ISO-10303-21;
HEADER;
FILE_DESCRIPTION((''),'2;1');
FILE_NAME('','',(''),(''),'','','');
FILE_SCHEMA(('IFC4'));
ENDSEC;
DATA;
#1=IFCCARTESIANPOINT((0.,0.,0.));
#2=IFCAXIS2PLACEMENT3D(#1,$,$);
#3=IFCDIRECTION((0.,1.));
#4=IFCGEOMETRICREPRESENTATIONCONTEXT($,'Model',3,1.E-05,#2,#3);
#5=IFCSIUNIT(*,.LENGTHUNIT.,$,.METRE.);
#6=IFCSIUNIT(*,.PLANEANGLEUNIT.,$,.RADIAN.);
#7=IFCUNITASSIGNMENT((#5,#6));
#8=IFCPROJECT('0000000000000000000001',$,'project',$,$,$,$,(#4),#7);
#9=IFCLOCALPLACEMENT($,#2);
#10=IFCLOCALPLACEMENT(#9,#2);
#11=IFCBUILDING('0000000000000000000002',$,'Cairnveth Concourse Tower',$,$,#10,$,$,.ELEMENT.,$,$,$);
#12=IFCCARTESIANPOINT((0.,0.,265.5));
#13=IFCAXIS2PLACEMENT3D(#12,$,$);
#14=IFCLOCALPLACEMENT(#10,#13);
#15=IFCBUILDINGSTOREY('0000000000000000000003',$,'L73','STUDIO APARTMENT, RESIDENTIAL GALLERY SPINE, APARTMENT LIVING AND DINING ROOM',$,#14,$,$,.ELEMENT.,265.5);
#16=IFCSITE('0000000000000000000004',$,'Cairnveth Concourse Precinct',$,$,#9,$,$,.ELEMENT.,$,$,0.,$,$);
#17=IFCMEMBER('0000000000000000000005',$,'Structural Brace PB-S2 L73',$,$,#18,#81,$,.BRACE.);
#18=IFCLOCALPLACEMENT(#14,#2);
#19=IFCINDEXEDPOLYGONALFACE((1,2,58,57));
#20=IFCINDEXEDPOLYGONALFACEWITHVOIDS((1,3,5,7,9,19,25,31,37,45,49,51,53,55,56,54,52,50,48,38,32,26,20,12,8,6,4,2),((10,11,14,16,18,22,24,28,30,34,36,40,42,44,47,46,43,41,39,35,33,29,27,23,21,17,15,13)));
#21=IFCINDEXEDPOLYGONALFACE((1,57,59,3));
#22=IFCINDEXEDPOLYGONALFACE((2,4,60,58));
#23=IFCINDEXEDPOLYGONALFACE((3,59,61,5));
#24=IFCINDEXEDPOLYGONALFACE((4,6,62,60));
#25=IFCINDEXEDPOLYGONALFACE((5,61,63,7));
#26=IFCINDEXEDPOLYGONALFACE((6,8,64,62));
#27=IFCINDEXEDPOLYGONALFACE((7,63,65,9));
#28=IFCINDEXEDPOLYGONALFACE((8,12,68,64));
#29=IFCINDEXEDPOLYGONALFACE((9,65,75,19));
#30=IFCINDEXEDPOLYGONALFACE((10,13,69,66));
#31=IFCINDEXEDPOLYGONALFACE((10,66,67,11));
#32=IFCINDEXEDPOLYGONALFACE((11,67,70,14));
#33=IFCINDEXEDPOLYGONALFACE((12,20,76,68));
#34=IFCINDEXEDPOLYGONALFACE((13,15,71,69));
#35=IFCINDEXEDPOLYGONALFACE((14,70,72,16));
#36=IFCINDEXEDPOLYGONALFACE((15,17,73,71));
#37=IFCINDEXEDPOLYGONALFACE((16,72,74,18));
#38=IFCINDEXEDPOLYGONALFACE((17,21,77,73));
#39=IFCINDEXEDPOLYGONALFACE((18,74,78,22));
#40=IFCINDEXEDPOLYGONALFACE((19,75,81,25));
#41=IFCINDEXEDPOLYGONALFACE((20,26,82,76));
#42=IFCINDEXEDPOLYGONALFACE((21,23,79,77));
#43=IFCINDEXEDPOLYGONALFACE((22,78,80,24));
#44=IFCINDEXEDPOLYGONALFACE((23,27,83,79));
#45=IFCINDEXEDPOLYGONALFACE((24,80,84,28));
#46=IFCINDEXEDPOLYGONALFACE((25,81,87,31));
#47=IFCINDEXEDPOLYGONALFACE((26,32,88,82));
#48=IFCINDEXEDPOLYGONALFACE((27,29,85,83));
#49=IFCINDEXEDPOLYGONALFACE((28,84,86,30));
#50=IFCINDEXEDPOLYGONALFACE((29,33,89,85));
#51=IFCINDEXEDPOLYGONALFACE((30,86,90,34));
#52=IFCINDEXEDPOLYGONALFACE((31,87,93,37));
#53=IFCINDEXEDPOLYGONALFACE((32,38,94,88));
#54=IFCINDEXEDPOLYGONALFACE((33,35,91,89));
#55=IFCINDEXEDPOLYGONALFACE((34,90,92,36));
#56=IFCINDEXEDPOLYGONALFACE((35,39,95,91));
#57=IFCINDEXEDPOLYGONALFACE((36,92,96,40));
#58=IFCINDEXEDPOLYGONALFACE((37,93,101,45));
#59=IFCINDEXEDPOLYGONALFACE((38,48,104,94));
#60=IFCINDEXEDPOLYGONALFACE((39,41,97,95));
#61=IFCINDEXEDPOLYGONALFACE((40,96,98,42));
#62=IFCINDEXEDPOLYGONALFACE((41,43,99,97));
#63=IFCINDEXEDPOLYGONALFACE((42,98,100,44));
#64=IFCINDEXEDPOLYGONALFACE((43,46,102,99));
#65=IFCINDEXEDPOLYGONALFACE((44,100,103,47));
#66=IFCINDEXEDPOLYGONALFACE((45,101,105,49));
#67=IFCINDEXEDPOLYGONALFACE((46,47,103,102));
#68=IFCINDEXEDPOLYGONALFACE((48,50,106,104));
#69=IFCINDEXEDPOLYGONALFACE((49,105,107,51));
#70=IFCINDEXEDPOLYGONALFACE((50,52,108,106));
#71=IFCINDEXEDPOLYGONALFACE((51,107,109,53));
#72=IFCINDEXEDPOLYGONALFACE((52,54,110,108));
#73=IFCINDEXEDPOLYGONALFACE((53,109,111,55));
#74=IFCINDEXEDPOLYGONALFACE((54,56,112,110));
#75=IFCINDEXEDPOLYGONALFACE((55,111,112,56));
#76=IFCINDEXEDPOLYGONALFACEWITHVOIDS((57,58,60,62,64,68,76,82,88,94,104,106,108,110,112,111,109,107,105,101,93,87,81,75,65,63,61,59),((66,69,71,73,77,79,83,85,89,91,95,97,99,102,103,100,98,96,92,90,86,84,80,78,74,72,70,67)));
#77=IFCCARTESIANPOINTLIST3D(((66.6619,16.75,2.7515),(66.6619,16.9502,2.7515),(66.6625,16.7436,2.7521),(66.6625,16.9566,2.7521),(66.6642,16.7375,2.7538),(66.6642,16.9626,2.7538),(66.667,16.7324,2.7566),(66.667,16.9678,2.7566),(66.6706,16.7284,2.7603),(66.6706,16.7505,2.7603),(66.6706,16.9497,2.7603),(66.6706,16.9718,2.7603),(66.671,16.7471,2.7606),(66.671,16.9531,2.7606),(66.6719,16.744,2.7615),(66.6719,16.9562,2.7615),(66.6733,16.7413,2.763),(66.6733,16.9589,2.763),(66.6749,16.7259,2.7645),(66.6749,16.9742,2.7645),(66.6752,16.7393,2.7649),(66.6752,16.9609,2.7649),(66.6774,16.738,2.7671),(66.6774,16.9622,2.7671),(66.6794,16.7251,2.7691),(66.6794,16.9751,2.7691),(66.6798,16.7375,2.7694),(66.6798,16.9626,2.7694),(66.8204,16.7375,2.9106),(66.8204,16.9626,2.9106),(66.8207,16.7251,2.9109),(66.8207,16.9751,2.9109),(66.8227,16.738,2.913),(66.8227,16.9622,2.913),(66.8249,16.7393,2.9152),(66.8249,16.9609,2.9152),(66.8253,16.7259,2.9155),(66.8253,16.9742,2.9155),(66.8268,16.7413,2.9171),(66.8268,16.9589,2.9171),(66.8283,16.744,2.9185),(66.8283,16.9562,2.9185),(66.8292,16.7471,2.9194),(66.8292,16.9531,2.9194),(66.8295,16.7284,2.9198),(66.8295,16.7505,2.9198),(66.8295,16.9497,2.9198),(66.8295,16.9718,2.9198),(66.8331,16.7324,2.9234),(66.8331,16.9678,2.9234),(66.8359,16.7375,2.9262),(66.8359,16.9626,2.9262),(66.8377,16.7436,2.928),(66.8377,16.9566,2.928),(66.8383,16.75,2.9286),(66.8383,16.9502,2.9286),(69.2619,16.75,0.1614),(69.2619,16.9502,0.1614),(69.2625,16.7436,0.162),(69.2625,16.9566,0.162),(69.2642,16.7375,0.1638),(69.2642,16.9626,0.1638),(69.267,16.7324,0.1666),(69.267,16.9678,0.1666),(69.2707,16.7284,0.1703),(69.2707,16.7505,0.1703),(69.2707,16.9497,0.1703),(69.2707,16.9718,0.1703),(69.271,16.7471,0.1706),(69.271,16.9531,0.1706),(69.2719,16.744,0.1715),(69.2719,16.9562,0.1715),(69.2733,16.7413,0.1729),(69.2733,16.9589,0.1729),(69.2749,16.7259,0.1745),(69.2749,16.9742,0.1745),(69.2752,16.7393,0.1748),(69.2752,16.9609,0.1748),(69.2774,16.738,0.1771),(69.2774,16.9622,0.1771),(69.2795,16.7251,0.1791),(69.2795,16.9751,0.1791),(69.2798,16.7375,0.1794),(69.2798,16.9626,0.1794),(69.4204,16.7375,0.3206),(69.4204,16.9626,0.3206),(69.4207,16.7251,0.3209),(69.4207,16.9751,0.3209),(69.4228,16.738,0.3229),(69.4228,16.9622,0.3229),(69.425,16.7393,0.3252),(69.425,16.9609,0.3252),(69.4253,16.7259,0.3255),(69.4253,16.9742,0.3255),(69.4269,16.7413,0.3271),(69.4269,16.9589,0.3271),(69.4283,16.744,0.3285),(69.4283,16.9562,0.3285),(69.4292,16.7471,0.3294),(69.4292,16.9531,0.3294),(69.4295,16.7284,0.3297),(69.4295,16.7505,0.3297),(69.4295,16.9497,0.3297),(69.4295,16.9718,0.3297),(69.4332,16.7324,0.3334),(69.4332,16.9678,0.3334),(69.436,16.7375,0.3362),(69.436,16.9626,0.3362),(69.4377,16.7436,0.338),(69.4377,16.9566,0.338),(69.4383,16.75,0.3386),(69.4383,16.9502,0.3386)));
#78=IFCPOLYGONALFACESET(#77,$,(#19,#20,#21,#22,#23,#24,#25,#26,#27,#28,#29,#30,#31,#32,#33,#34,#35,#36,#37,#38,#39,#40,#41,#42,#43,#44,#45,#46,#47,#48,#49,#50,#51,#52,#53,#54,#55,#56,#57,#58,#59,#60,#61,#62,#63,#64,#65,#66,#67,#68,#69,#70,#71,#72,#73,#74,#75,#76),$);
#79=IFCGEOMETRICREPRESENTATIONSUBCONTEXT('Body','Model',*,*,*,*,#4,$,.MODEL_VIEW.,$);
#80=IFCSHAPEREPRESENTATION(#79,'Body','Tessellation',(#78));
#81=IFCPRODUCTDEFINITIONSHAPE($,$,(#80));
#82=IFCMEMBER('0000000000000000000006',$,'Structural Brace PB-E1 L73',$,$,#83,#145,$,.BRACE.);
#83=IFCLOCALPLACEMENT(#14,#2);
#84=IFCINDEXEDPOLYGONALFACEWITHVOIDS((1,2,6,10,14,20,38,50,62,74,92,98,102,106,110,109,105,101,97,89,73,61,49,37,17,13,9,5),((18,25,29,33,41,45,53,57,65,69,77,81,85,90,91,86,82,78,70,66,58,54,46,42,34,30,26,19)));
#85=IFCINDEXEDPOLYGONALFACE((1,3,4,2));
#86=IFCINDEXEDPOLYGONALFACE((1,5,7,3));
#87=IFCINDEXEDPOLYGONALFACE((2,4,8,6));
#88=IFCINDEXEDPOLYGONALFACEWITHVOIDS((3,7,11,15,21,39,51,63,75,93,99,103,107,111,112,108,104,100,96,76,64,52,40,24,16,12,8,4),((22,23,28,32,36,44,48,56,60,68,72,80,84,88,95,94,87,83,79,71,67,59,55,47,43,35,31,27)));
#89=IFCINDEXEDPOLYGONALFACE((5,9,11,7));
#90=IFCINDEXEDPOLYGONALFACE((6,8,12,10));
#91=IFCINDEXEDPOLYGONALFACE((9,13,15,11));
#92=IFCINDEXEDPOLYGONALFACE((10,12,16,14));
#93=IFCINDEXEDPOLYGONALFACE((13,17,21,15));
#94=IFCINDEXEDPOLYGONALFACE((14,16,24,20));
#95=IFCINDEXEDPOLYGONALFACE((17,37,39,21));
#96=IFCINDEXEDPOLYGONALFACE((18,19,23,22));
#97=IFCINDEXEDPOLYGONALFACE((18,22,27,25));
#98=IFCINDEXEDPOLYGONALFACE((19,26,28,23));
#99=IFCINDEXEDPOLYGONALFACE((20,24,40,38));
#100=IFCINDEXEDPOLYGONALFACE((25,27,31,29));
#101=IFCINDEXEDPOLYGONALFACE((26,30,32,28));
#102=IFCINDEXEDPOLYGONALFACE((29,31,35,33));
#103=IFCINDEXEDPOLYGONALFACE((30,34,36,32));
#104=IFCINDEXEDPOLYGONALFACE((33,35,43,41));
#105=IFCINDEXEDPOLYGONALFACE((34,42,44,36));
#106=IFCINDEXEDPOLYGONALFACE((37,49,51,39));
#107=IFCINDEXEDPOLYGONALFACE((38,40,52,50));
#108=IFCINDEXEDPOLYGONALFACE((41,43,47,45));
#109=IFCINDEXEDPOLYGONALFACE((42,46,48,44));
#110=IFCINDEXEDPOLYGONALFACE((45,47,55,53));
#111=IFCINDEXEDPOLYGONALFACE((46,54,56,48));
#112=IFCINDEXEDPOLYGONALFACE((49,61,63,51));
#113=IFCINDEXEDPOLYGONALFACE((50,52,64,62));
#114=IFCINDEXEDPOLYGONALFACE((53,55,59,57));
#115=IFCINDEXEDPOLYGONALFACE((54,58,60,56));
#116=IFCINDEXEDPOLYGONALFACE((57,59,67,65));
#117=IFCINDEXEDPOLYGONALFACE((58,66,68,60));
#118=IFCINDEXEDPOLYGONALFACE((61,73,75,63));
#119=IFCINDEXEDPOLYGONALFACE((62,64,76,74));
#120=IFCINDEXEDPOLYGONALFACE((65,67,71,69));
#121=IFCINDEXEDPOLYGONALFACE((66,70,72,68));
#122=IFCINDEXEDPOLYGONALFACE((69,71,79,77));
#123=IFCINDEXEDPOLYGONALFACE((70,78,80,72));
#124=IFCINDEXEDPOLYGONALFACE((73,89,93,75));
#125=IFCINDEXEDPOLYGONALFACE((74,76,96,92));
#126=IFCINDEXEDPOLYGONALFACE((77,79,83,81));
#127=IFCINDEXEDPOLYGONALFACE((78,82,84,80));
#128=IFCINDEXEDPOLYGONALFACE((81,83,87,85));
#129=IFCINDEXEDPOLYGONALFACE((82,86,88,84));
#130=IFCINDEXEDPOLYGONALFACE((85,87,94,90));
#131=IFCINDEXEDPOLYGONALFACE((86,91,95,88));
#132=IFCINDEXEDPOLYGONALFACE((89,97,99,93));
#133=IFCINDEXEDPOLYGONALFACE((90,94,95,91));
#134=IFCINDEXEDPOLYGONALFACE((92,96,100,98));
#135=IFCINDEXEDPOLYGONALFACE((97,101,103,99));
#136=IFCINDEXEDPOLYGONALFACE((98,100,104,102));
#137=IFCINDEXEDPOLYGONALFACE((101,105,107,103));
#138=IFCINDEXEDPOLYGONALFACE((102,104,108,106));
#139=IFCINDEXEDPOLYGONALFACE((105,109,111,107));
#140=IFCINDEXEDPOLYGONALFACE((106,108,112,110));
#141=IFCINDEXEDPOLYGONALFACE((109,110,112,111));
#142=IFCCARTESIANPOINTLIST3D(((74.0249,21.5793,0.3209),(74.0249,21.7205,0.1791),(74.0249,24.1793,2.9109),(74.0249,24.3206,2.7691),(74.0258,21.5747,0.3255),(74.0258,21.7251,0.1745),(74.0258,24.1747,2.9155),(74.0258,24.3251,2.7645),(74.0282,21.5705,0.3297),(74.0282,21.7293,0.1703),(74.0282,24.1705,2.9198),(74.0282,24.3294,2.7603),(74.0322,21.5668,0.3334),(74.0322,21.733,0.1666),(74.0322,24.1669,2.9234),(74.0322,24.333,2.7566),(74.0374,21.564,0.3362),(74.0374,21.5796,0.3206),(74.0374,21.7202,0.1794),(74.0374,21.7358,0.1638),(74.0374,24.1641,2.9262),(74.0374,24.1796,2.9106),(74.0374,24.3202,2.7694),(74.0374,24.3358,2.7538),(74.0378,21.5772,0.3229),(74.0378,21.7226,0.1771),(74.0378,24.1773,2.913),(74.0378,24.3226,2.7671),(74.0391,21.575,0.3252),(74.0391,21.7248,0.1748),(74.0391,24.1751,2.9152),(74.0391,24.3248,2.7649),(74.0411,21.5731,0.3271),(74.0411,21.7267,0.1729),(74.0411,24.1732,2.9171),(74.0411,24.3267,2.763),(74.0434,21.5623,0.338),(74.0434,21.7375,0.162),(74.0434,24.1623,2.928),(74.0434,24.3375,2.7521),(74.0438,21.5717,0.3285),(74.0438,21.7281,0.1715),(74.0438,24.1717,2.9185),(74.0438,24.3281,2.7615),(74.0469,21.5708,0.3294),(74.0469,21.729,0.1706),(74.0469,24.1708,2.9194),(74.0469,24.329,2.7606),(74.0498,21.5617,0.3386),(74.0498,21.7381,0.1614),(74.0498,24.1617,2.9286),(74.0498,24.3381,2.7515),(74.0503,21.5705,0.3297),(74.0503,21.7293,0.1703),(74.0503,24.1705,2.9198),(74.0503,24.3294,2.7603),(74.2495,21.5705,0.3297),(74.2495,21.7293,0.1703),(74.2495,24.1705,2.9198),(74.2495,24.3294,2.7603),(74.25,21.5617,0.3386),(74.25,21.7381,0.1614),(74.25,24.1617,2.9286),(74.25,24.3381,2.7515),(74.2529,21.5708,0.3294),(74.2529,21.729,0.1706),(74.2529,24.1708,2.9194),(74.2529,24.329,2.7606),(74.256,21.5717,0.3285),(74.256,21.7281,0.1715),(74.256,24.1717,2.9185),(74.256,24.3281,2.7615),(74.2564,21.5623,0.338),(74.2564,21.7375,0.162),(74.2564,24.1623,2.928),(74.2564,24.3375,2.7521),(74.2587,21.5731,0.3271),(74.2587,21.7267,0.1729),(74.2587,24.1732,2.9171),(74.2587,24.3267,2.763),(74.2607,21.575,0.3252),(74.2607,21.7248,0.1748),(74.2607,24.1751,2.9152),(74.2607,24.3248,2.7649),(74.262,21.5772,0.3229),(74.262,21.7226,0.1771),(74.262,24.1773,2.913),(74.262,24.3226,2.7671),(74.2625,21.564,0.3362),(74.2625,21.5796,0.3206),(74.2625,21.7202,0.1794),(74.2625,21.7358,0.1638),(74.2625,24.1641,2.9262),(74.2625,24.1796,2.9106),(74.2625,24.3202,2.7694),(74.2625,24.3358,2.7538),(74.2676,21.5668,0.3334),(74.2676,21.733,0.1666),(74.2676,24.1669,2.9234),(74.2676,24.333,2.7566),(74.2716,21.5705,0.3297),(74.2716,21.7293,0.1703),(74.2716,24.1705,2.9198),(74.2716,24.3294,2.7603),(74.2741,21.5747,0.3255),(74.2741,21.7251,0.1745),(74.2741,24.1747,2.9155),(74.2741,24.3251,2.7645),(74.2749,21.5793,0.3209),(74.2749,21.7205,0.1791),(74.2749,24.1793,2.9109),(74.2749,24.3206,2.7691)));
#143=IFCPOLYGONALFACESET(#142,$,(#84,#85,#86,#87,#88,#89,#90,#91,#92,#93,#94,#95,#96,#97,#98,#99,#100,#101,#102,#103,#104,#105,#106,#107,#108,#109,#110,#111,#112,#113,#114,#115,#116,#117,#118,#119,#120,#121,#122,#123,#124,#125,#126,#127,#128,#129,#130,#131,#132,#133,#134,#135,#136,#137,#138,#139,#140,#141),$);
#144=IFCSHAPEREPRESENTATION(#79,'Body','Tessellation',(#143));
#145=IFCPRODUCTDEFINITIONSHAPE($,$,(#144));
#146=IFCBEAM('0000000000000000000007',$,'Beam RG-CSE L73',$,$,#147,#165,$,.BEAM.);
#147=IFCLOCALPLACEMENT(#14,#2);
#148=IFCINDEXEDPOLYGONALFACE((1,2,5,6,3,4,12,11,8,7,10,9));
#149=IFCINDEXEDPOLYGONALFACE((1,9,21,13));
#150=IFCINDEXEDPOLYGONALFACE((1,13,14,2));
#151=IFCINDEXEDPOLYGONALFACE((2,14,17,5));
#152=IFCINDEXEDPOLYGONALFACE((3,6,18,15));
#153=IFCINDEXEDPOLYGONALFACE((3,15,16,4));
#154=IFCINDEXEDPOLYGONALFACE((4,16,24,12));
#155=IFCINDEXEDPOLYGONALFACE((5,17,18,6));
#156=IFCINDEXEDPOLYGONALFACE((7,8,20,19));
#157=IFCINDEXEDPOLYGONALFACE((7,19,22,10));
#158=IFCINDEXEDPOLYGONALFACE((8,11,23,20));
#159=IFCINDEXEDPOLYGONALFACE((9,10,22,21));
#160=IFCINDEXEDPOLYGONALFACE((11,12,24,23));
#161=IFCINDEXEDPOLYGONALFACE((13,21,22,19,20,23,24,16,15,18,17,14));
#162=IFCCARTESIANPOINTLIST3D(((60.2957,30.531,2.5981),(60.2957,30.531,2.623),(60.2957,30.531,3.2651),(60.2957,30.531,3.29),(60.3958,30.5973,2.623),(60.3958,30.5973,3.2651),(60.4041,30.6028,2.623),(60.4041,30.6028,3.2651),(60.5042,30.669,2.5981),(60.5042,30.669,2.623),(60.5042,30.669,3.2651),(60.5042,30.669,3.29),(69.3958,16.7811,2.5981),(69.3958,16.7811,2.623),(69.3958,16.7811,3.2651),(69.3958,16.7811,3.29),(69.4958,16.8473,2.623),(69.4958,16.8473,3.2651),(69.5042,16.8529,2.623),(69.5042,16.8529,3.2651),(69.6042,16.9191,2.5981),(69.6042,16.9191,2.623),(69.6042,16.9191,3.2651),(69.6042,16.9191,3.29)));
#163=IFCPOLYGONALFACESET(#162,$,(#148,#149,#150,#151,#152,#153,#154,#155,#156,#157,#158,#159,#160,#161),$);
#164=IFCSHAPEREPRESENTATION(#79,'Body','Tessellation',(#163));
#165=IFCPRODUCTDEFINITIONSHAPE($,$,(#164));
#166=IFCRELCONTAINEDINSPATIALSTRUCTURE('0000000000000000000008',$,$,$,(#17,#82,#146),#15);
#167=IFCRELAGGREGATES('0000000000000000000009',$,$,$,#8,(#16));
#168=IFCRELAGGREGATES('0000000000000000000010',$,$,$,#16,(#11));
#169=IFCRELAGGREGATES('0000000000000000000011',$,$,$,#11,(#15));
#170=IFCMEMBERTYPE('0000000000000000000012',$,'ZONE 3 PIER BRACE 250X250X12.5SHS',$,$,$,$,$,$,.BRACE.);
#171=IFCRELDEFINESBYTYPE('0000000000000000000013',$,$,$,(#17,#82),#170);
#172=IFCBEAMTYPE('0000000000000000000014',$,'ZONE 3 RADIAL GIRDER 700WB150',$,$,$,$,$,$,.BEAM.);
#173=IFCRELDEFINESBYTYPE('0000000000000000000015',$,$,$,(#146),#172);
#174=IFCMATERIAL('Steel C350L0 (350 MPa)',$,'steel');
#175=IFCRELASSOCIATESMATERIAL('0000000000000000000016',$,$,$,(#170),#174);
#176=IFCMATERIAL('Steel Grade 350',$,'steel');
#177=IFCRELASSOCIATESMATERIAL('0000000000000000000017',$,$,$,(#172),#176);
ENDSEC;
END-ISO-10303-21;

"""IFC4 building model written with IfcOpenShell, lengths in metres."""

from ifc_helpers import new_model, si_unit, direction, frame, origin, origin_2d, place, context, subcontext, project, spatial, hollow_rectangle, i_section, extrude, material, material_profile, profile_set, type_object, element, save


model = new_model("IFC4")

# Units and contexts
model_context = context("Model", 3, precision=1e-05, world=origin(), true_north=direction((0.0, 1.0)))
body_context = subcontext(model_context, "Body", "Model", "MODEL_VIEW")
ifc_project = project(units=[si_unit("LENGTHUNIT", "METRE"), si_unit("PLANEANGLEUNIT", "RADIAN")], contexts=[model_context])

# Site, building, storey
site_placement = place(None, origin())
site = spatial("IfcSite", under=ifc_project, at=site_placement, Name="Cairnveth Concourse Precinct", CompositionType="ELEMENT", RefElevation=0.0)
building_placement = place(site_placement, origin())
building = spatial("IfcBuilding", under=site, at=building_placement, Name="Cairnveth Concourse Tower", CompositionType="ELEMENT")
storey_placement = place(building_placement, frame((0.0, 0.0, 265.5)))
storey = spatial("IfcBuildingStorey", under=building, at=storey_placement, Name="L73", Description="STUDIO APARTMENT, RESIDENTIAL GALLERY SPINE, APARTMENT LIVING AND DINING ROOM", CompositionType="ELEMENT", Elevation=265.5)

# Shared definitions
ifc_material_1 = material(Name="Steel Grade 350", Category="steel")

# Members
ifc_material_2 = material(Name="Steel C350L0 (350 MPa)", Category="steel")
ifc_material_profile_1 = material_profile(ifc_material_2, hollow_rectangle(XDim=0.25, YDim=0.25, WallThickness=0.0125, InnerFilletRadius=0.0129, OuterFilletRadius=0.0249, at=origin_2d()), Name="250x250x12.5SHS")
ifc_profile_set_1 = profile_set([ifc_material_profile_1], Name="Steel C350L0 (350 MPa)")
member_type = type_object("IfcMemberType", Name="ZONE 3 PIER BRACE 250X250X12.5SHS", PredefinedType="BRACE", material=ifc_profile_set_1)
for number, where, z_axis, x_axis, name in (
    (1, (69.3501, 16.8501, 0.25), (-0.708469, 0.0, 0.705742), (0.0, -1.0, 0.0), "Structural Brace PB-S2 L73"),
    (2, (74.1499, 21.6499, 0.25), (0.0, 0.708469, 0.705742), (-1.0, 0.0, 0.0), "Structural Brace PB-E1 L73"),
):
    element("IfcMember", number, at=place(storey_placement, frame(where, z_axis=z_axis, x_axis=x_axis)), inside=storey, type_object=member_type, Name=name, PredefinedType="BRACE", context=body_context, shape_type="SweptSolid", body=[
        extrude(hollow_rectangle(XDim=0.25, YDim=0.25, WallThickness=0.0125, InnerFilletRadius=0.0129, OuterFilletRadius=0.0249, at=origin_2d()), origin(), (0.0, 0.0, 1.0), 3.6699),
    ])

# Beam
ifc_material_profile_2 = material_profile(ifc_material_1, i_section(OverallWidth=0.25, OverallDepth=0.6919, WebThickness=0.01, FlangeThickness=0.0249, at=origin_2d()), Name="700WB150")
ifc_profile_set_2 = profile_set([ifc_material_profile_2], Name="Steel Grade 350")
beam_type_1 = type_object("IfcBeamType", Name="ZONE 3 RADIAL GIRDER 700WB150", PredefinedType="BEAM", material=ifc_profile_set_2)
beam_1_placement = place(storey_placement, frame((69.5, 16.8501, 2.9441), z_axis=(-0.551902, 0.833909, 0.0), x_axis=(-0.833909, -0.551902, 0.0)))
element("IfcBeam", 3, at=beam_1_placement, inside=storey, type_object=beam_type_1, Name="Beam RG-CSE L73", PredefinedType="BEAM", context=body_context, shape_type="SweptSolid", body=[
    extrude(i_section(OverallWidth=0.25, OverallDepth=0.6919, WebThickness=0.01, FlangeThickness=0.0249, at=origin_2d()), origin(), (0.0, 0.0, 1.0), 16.4885),
])

save(model, "model.ifc")
